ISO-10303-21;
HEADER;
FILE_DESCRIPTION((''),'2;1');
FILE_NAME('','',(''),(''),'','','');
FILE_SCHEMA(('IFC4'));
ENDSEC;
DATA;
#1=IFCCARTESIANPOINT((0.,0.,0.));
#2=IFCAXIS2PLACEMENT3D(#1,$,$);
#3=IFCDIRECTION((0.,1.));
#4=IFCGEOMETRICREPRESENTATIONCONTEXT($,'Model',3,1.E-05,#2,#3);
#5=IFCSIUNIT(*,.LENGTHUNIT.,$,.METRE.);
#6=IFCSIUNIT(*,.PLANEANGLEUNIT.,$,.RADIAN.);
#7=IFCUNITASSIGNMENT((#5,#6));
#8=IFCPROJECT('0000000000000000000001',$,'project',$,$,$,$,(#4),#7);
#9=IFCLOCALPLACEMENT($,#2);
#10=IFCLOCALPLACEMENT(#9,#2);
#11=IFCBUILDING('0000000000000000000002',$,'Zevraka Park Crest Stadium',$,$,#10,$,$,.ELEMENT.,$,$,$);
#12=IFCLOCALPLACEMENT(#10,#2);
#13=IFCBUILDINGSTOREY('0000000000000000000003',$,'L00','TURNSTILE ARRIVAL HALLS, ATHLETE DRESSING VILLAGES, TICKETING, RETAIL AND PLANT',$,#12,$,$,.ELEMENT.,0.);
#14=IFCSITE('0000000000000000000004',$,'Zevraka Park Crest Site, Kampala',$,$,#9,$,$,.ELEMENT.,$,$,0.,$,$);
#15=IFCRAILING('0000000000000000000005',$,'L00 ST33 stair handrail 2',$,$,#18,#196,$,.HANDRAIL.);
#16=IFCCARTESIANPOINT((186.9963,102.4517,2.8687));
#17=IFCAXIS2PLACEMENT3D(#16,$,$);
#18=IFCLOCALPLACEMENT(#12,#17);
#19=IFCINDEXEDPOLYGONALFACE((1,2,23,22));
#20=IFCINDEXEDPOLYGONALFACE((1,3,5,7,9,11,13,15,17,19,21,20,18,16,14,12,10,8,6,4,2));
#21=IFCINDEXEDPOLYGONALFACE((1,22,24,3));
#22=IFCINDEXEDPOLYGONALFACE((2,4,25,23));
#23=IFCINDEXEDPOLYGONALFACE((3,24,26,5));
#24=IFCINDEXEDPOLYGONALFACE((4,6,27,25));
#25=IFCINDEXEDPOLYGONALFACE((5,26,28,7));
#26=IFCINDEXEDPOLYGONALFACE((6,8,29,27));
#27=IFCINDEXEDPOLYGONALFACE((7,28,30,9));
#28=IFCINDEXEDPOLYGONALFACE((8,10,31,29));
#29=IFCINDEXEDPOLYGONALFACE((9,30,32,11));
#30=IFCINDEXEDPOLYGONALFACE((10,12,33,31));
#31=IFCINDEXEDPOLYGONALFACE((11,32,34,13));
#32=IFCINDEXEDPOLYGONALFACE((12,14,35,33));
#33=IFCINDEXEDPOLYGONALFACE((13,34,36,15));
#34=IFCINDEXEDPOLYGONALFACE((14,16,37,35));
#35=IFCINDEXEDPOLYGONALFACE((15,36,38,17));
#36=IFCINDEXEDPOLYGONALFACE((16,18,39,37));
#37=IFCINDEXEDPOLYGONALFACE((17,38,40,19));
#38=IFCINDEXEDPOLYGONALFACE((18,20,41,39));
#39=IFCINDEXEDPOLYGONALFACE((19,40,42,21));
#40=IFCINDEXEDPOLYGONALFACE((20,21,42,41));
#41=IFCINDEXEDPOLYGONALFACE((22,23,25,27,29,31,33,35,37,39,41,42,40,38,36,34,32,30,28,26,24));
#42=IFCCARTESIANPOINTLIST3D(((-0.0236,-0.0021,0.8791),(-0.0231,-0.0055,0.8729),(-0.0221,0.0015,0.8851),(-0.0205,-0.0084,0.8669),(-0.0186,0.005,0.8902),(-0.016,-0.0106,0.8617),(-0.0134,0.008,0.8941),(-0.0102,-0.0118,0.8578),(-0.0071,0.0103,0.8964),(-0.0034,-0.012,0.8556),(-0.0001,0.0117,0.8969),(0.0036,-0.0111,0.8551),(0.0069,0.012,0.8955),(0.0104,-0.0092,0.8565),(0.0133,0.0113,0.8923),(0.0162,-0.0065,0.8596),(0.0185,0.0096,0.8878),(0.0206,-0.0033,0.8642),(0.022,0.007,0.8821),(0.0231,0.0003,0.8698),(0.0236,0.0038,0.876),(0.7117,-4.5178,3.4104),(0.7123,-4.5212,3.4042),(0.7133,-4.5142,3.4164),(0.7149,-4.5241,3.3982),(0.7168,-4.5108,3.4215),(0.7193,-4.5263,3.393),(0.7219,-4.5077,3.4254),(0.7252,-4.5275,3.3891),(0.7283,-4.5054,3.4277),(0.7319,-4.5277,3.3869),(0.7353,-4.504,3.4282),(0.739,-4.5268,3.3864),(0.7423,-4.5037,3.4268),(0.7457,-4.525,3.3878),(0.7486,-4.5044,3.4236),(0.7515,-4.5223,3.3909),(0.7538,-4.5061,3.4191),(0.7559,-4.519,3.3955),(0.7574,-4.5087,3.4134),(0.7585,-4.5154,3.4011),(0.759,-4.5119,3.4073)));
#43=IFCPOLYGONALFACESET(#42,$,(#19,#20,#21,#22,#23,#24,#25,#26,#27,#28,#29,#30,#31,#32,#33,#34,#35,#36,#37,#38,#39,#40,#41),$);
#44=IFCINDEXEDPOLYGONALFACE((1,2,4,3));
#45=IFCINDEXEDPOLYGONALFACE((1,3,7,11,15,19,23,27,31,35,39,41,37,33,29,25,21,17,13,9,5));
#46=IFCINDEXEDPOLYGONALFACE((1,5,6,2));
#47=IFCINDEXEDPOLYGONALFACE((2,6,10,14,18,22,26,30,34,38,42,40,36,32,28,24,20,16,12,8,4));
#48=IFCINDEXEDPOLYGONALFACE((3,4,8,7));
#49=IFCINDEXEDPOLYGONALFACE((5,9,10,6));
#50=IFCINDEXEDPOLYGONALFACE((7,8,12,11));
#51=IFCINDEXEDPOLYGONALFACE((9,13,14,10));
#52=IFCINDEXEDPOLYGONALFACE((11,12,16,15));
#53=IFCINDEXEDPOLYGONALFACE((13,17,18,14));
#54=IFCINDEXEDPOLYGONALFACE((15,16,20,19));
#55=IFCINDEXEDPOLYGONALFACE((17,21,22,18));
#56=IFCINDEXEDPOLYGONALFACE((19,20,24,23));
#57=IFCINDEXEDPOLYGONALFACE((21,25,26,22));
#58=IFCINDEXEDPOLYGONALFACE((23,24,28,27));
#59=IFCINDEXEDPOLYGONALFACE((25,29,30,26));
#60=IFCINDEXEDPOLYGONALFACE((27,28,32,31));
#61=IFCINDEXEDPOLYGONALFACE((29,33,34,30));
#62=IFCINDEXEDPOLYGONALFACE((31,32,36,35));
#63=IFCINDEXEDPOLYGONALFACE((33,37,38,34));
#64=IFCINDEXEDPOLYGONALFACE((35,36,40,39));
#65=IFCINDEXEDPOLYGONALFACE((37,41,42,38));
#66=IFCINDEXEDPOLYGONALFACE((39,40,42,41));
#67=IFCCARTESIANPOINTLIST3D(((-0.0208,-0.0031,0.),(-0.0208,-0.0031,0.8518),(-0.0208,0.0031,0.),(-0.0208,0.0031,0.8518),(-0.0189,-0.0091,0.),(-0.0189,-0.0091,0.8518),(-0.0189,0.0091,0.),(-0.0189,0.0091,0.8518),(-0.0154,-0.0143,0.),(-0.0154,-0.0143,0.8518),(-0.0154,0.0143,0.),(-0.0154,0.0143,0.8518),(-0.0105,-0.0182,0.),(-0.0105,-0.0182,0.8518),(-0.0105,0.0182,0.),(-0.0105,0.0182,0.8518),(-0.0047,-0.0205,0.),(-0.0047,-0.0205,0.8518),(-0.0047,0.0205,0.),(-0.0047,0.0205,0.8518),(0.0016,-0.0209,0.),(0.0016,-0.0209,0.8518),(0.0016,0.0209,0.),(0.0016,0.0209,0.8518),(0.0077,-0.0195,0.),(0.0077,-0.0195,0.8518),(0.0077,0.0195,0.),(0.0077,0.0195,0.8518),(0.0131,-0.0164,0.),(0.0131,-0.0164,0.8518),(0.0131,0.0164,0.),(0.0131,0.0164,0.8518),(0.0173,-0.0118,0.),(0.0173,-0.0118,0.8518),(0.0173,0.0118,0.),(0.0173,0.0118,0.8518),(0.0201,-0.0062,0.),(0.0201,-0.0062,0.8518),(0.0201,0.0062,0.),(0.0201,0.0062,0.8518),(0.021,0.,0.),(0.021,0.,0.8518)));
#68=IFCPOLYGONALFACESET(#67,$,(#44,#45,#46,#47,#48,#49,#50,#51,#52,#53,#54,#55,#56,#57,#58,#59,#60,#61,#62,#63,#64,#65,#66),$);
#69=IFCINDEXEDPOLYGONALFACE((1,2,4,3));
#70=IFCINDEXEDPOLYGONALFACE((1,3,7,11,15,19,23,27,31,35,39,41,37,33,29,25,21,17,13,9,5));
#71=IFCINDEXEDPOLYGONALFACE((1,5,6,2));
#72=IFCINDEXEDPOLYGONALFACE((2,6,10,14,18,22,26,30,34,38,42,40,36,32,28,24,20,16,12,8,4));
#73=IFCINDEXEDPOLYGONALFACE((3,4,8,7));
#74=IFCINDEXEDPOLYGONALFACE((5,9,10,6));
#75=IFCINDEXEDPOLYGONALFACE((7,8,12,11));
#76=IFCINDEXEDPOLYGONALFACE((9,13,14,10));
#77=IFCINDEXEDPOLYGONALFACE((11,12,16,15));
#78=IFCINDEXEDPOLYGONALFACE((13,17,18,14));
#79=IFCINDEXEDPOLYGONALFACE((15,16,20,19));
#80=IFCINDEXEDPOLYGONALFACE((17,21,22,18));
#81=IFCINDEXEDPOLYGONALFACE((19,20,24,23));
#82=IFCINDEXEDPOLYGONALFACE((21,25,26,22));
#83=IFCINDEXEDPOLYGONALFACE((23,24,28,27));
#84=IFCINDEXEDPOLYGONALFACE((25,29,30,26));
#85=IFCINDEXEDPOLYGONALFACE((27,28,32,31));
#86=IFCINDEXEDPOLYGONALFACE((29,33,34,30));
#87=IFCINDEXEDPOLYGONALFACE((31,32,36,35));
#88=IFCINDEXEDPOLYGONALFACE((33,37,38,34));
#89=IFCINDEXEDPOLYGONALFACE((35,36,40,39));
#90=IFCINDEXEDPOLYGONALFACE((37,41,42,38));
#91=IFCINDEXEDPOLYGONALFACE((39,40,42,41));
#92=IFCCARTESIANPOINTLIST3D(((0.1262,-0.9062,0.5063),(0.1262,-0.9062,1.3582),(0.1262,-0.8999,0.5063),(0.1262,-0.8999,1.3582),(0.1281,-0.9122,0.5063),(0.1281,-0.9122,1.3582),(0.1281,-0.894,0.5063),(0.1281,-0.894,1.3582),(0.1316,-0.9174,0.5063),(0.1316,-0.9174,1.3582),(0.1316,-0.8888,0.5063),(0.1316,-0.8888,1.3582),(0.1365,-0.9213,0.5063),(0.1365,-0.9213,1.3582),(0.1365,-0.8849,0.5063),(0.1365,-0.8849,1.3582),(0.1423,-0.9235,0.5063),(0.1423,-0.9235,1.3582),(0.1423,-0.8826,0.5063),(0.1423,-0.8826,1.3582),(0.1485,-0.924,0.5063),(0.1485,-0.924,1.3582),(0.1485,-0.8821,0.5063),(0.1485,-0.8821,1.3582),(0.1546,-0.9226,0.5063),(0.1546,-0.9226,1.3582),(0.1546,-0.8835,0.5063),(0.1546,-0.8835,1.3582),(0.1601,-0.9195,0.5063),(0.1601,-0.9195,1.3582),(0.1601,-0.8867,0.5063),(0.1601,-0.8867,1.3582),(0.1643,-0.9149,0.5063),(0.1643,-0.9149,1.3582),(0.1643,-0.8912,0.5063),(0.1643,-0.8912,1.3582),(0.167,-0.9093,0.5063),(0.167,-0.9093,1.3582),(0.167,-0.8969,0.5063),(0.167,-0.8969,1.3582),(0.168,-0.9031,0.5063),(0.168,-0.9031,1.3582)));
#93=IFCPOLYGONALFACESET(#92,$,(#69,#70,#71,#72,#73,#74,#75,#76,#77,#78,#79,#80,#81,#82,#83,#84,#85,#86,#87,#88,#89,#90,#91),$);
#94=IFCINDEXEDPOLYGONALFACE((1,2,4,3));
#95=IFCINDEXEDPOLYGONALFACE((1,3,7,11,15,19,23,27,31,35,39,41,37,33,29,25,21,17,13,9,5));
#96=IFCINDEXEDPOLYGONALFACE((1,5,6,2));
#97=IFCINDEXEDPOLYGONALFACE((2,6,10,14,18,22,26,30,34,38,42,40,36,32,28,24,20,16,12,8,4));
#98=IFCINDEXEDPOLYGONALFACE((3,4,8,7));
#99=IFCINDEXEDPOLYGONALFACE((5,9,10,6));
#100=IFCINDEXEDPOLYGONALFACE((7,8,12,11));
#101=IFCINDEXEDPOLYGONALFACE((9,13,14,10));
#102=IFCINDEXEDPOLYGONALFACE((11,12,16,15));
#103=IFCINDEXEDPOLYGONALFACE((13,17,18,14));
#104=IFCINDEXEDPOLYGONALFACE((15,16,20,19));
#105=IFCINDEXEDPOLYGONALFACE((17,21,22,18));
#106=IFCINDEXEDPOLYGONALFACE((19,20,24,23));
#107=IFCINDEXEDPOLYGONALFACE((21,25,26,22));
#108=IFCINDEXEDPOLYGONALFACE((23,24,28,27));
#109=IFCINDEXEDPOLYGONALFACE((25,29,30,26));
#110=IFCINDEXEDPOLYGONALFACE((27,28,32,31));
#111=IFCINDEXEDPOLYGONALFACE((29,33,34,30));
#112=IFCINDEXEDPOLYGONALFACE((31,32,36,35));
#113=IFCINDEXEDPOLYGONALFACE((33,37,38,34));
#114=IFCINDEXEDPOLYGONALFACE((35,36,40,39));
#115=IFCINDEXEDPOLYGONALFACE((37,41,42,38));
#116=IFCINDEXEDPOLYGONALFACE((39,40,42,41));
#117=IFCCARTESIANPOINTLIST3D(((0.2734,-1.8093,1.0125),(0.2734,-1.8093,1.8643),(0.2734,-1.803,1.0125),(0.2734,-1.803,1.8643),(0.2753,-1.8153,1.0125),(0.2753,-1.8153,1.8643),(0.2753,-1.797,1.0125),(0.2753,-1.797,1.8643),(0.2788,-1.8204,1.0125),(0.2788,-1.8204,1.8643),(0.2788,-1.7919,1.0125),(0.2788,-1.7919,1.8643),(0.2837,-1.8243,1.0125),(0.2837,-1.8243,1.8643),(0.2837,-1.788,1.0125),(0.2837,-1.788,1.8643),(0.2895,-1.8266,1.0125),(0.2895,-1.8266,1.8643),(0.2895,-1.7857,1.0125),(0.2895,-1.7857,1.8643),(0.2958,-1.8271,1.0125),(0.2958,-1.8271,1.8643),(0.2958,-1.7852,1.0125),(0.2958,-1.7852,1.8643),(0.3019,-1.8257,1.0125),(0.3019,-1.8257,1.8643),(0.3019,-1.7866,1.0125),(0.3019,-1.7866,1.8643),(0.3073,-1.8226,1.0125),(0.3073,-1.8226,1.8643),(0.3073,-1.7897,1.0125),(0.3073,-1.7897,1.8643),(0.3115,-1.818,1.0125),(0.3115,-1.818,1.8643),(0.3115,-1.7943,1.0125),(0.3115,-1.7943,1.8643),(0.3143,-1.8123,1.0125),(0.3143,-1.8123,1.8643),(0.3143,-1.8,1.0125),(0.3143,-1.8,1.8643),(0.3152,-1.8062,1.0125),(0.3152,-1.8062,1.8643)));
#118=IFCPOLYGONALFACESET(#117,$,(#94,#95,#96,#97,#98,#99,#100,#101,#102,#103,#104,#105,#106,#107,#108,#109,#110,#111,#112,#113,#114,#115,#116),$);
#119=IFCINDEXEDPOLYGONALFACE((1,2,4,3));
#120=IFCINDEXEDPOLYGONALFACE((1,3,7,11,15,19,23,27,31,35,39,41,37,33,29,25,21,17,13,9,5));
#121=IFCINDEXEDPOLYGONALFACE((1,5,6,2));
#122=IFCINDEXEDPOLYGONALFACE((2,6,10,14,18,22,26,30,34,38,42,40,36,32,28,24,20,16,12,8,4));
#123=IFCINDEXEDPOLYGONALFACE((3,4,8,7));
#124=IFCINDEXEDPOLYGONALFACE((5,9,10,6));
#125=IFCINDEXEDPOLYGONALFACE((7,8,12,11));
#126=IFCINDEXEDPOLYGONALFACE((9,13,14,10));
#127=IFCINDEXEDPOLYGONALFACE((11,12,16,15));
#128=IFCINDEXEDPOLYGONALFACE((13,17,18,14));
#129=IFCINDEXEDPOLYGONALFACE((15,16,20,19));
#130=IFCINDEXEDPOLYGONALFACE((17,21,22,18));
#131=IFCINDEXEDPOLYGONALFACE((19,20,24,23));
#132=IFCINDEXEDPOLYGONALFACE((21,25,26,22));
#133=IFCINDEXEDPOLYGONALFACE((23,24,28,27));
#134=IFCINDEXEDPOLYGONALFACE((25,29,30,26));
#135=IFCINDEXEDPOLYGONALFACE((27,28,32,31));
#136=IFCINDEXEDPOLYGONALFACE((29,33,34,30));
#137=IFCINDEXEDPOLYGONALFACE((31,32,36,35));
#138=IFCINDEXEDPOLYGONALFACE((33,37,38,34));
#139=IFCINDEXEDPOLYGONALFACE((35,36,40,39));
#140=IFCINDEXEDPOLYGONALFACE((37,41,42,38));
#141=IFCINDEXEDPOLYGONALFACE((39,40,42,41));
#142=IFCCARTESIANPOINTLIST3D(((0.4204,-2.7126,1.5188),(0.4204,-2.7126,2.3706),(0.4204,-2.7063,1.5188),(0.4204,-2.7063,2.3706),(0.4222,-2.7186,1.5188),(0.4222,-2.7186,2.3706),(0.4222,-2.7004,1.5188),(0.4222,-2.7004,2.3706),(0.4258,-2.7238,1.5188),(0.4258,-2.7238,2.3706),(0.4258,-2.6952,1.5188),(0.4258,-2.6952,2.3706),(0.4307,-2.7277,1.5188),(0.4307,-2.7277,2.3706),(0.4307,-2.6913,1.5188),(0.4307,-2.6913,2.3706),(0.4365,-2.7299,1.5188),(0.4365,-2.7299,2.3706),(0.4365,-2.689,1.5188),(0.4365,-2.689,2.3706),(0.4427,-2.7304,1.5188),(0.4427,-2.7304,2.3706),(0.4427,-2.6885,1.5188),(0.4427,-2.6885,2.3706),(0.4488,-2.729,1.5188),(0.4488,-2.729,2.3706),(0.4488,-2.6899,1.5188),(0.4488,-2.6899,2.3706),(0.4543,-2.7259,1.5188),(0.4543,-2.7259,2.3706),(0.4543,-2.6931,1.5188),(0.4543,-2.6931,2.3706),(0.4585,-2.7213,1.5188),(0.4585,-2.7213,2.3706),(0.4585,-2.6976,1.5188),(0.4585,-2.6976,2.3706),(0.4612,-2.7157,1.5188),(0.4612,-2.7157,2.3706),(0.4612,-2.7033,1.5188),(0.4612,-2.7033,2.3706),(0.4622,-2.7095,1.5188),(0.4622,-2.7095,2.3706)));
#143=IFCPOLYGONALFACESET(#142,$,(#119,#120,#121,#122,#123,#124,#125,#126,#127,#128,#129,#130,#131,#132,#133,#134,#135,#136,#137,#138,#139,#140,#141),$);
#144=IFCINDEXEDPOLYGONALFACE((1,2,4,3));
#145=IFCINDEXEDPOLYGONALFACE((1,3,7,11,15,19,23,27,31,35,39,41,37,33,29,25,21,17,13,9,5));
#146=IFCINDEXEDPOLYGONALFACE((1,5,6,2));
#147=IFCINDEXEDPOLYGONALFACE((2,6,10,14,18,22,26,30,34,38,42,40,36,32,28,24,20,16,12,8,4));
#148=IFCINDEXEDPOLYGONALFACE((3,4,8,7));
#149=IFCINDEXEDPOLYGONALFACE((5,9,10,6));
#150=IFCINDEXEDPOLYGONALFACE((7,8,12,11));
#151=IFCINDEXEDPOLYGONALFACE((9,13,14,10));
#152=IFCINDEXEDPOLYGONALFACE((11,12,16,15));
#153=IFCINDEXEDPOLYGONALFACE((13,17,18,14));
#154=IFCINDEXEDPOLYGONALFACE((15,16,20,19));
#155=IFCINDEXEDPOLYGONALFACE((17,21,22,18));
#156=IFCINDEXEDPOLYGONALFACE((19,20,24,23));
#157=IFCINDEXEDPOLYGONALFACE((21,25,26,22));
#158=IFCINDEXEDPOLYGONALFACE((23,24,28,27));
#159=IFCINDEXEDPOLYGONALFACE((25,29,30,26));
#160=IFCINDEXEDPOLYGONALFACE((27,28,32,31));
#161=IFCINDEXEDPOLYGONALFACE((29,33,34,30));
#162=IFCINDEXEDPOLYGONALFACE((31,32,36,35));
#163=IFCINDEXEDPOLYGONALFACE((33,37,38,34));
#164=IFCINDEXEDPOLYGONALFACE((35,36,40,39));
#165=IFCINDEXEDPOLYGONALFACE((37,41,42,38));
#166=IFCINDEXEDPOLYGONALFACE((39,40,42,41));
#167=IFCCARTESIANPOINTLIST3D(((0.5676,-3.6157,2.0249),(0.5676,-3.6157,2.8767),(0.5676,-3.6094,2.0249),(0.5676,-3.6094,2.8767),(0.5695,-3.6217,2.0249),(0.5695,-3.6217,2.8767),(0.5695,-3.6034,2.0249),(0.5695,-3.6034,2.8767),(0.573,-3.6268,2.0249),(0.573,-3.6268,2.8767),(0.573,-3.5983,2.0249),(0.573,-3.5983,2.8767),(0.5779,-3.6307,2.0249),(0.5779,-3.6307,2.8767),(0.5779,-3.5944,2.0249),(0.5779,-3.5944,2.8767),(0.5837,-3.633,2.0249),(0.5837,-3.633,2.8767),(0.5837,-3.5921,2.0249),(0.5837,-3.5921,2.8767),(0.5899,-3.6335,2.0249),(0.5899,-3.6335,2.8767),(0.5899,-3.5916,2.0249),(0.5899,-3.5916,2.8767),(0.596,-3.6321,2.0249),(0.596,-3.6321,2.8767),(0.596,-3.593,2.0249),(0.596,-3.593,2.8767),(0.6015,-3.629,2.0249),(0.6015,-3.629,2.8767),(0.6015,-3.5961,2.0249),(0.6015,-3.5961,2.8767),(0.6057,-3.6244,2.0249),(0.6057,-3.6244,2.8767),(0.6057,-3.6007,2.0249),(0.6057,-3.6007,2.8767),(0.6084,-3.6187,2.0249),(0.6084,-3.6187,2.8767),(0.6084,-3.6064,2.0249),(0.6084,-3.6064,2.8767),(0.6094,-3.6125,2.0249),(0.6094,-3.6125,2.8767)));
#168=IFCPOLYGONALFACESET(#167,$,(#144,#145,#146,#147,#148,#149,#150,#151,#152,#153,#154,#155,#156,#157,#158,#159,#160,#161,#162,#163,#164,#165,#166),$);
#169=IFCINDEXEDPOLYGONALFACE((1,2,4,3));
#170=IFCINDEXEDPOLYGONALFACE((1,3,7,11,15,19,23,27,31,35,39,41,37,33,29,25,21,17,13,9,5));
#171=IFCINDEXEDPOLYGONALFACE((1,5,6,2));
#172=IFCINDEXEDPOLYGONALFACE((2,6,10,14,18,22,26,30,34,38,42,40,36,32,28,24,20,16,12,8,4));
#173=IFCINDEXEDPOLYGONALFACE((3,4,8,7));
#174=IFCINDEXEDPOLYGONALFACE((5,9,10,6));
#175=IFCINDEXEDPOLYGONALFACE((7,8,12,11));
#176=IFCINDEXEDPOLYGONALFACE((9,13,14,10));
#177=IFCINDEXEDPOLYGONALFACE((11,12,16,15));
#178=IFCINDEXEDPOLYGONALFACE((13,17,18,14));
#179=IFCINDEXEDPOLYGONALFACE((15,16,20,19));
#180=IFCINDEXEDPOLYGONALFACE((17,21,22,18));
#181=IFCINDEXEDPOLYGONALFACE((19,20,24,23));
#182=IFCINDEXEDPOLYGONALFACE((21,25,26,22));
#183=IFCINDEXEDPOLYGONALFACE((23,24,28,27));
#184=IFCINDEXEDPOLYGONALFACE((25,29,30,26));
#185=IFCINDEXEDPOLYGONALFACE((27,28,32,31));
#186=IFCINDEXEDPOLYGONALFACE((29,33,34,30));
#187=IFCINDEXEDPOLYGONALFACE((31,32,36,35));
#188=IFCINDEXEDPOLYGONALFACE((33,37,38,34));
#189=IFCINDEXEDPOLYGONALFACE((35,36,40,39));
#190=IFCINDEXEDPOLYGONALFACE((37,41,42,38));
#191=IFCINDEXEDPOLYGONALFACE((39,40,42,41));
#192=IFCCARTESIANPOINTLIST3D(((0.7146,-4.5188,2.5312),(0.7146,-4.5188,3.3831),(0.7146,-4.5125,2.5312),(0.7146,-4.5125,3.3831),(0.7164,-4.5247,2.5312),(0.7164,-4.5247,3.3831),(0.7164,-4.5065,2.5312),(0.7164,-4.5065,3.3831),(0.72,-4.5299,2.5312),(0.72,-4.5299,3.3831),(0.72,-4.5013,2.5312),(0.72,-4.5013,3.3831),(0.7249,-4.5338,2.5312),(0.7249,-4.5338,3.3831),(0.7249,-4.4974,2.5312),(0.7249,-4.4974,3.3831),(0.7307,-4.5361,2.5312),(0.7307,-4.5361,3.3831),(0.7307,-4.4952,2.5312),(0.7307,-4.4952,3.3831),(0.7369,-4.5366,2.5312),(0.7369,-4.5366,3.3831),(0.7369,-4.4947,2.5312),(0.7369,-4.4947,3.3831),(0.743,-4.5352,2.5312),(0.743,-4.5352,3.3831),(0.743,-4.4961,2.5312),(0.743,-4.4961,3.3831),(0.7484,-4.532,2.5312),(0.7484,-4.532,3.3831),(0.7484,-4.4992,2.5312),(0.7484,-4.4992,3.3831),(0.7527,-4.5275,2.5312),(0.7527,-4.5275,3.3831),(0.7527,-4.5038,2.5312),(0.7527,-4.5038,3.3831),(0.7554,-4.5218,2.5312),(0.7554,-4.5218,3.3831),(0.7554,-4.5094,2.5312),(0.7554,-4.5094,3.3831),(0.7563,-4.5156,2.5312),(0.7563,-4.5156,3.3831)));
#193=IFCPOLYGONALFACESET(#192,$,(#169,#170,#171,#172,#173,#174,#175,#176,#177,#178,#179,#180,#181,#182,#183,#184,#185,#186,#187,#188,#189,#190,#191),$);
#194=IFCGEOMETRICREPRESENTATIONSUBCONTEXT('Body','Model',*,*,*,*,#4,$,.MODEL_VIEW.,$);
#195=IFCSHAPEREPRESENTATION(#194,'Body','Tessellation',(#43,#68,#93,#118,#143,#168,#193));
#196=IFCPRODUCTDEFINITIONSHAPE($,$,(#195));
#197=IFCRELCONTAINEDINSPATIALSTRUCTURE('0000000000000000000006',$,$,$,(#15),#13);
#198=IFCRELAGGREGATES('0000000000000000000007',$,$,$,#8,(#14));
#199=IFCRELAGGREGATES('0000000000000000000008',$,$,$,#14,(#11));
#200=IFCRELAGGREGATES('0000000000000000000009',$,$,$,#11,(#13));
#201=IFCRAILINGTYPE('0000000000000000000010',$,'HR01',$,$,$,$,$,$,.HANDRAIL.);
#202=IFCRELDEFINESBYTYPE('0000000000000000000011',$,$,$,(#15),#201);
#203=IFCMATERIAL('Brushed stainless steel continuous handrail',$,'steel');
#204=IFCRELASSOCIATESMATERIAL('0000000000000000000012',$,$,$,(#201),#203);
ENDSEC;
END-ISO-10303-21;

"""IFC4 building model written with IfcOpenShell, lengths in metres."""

from ifc_helpers import new_model, si_unit, direction, frame, origin, origin_2d, place, context, subcontext, project, spatial, circle, extrude, material, type_object, element, save


model = new_model("IFC4")

# Units and contexts
model_context = context("Model", 3, precision=1e-05, world=origin(), true_north=direction((0.0, 1.0)))
body_context = subcontext(model_context, "Body", "Model", "MODEL_VIEW")
ifc_project = project(units=[si_unit("LENGTHUNIT", "METRE"), si_unit("PLANEANGLEUNIT", "RADIAN")], contexts=[model_context])

# Site, building, storey
site_placement = place(None, origin())
site = spatial("IfcSite", under=ifc_project, at=site_placement, Name="Zevraka Park Crest Site, Kampala", CompositionType="ELEMENT", RefElevation=0.0)
building_placement = place(site_placement, origin())
building = spatial("IfcBuilding", under=site, at=building_placement, Name="Zevraka Park Crest Stadium", CompositionType="ELEMENT")
storey_placement = place(building_placement, origin())
storey = spatial("IfcBuildingStorey", under=building, at=storey_placement, Name="L00", Description="TURNSTILE ARRIVAL HALLS, ATHLETE DRESSING VILLAGES, TICKETING, RETAIL AND PLANT", CompositionType="ELEMENT", Elevation=0.0)

# Railing
ifc_material_1 = material(Name="Brushed stainless steel continuous handrail", Category="steel")
railing_type_1 = type_object("IfcRailingType", Name="HR01", PredefinedType="HANDRAIL", material=ifc_material_1)
railing_1_placement = place(storey_placement, frame((186.9963, 102.4517, 2.8687)))
element("IfcRailing", 1, at=railing_1_placement, inside=storey, type_object=railing_type_1, Name="L00 ST33 stair handrail 2", PredefinedType="HANDRAIL", context=body_context, shape_type="SweptSolid", body=[
    extrude(circle(Radius=0.0239, at=origin_2d()), frame((0.0, 0.0, 0.876), z_axis=(0.140639, -0.86363, 0.484111), x_axis=(0.986999, 0.160729, 0.0)), (0.0, 0.0, 1.0), 5.2288),
    extrude(circle(Radius=0.021, at=origin_2d()), origin(), (0.0, 0.0, 1.0), 0.8518),
    extrude(circle(Radius=0.021, at=origin_2d()), frame((0.147, -0.9031, 0.5063)), (0.0, 0.0, 1.0), 0.8518),
    extrude(circle(Radius=0.021, at=origin_2d()), frame((0.2942, -1.8062, 1.0125)), (0.0, 0.0, 1.0), 0.8518),
    extrude(circle(Radius=0.021, at=origin_2d()), frame((0.4412, -2.7095, 1.5188)), (0.0, 0.0, 1.0), 0.8518),
    extrude(circle(Radius=0.021, at=origin_2d()), frame((0.5884, -3.6125, 2.0249)), (0.0, 0.0, 1.0), 0.8518),
    extrude(circle(Radius=0.021, at=origin_2d()), frame((0.7354, -4.5156, 2.5312)), (0.0, 0.0, 1.0), 0.8518),
])

save(model, "model.ifc")
